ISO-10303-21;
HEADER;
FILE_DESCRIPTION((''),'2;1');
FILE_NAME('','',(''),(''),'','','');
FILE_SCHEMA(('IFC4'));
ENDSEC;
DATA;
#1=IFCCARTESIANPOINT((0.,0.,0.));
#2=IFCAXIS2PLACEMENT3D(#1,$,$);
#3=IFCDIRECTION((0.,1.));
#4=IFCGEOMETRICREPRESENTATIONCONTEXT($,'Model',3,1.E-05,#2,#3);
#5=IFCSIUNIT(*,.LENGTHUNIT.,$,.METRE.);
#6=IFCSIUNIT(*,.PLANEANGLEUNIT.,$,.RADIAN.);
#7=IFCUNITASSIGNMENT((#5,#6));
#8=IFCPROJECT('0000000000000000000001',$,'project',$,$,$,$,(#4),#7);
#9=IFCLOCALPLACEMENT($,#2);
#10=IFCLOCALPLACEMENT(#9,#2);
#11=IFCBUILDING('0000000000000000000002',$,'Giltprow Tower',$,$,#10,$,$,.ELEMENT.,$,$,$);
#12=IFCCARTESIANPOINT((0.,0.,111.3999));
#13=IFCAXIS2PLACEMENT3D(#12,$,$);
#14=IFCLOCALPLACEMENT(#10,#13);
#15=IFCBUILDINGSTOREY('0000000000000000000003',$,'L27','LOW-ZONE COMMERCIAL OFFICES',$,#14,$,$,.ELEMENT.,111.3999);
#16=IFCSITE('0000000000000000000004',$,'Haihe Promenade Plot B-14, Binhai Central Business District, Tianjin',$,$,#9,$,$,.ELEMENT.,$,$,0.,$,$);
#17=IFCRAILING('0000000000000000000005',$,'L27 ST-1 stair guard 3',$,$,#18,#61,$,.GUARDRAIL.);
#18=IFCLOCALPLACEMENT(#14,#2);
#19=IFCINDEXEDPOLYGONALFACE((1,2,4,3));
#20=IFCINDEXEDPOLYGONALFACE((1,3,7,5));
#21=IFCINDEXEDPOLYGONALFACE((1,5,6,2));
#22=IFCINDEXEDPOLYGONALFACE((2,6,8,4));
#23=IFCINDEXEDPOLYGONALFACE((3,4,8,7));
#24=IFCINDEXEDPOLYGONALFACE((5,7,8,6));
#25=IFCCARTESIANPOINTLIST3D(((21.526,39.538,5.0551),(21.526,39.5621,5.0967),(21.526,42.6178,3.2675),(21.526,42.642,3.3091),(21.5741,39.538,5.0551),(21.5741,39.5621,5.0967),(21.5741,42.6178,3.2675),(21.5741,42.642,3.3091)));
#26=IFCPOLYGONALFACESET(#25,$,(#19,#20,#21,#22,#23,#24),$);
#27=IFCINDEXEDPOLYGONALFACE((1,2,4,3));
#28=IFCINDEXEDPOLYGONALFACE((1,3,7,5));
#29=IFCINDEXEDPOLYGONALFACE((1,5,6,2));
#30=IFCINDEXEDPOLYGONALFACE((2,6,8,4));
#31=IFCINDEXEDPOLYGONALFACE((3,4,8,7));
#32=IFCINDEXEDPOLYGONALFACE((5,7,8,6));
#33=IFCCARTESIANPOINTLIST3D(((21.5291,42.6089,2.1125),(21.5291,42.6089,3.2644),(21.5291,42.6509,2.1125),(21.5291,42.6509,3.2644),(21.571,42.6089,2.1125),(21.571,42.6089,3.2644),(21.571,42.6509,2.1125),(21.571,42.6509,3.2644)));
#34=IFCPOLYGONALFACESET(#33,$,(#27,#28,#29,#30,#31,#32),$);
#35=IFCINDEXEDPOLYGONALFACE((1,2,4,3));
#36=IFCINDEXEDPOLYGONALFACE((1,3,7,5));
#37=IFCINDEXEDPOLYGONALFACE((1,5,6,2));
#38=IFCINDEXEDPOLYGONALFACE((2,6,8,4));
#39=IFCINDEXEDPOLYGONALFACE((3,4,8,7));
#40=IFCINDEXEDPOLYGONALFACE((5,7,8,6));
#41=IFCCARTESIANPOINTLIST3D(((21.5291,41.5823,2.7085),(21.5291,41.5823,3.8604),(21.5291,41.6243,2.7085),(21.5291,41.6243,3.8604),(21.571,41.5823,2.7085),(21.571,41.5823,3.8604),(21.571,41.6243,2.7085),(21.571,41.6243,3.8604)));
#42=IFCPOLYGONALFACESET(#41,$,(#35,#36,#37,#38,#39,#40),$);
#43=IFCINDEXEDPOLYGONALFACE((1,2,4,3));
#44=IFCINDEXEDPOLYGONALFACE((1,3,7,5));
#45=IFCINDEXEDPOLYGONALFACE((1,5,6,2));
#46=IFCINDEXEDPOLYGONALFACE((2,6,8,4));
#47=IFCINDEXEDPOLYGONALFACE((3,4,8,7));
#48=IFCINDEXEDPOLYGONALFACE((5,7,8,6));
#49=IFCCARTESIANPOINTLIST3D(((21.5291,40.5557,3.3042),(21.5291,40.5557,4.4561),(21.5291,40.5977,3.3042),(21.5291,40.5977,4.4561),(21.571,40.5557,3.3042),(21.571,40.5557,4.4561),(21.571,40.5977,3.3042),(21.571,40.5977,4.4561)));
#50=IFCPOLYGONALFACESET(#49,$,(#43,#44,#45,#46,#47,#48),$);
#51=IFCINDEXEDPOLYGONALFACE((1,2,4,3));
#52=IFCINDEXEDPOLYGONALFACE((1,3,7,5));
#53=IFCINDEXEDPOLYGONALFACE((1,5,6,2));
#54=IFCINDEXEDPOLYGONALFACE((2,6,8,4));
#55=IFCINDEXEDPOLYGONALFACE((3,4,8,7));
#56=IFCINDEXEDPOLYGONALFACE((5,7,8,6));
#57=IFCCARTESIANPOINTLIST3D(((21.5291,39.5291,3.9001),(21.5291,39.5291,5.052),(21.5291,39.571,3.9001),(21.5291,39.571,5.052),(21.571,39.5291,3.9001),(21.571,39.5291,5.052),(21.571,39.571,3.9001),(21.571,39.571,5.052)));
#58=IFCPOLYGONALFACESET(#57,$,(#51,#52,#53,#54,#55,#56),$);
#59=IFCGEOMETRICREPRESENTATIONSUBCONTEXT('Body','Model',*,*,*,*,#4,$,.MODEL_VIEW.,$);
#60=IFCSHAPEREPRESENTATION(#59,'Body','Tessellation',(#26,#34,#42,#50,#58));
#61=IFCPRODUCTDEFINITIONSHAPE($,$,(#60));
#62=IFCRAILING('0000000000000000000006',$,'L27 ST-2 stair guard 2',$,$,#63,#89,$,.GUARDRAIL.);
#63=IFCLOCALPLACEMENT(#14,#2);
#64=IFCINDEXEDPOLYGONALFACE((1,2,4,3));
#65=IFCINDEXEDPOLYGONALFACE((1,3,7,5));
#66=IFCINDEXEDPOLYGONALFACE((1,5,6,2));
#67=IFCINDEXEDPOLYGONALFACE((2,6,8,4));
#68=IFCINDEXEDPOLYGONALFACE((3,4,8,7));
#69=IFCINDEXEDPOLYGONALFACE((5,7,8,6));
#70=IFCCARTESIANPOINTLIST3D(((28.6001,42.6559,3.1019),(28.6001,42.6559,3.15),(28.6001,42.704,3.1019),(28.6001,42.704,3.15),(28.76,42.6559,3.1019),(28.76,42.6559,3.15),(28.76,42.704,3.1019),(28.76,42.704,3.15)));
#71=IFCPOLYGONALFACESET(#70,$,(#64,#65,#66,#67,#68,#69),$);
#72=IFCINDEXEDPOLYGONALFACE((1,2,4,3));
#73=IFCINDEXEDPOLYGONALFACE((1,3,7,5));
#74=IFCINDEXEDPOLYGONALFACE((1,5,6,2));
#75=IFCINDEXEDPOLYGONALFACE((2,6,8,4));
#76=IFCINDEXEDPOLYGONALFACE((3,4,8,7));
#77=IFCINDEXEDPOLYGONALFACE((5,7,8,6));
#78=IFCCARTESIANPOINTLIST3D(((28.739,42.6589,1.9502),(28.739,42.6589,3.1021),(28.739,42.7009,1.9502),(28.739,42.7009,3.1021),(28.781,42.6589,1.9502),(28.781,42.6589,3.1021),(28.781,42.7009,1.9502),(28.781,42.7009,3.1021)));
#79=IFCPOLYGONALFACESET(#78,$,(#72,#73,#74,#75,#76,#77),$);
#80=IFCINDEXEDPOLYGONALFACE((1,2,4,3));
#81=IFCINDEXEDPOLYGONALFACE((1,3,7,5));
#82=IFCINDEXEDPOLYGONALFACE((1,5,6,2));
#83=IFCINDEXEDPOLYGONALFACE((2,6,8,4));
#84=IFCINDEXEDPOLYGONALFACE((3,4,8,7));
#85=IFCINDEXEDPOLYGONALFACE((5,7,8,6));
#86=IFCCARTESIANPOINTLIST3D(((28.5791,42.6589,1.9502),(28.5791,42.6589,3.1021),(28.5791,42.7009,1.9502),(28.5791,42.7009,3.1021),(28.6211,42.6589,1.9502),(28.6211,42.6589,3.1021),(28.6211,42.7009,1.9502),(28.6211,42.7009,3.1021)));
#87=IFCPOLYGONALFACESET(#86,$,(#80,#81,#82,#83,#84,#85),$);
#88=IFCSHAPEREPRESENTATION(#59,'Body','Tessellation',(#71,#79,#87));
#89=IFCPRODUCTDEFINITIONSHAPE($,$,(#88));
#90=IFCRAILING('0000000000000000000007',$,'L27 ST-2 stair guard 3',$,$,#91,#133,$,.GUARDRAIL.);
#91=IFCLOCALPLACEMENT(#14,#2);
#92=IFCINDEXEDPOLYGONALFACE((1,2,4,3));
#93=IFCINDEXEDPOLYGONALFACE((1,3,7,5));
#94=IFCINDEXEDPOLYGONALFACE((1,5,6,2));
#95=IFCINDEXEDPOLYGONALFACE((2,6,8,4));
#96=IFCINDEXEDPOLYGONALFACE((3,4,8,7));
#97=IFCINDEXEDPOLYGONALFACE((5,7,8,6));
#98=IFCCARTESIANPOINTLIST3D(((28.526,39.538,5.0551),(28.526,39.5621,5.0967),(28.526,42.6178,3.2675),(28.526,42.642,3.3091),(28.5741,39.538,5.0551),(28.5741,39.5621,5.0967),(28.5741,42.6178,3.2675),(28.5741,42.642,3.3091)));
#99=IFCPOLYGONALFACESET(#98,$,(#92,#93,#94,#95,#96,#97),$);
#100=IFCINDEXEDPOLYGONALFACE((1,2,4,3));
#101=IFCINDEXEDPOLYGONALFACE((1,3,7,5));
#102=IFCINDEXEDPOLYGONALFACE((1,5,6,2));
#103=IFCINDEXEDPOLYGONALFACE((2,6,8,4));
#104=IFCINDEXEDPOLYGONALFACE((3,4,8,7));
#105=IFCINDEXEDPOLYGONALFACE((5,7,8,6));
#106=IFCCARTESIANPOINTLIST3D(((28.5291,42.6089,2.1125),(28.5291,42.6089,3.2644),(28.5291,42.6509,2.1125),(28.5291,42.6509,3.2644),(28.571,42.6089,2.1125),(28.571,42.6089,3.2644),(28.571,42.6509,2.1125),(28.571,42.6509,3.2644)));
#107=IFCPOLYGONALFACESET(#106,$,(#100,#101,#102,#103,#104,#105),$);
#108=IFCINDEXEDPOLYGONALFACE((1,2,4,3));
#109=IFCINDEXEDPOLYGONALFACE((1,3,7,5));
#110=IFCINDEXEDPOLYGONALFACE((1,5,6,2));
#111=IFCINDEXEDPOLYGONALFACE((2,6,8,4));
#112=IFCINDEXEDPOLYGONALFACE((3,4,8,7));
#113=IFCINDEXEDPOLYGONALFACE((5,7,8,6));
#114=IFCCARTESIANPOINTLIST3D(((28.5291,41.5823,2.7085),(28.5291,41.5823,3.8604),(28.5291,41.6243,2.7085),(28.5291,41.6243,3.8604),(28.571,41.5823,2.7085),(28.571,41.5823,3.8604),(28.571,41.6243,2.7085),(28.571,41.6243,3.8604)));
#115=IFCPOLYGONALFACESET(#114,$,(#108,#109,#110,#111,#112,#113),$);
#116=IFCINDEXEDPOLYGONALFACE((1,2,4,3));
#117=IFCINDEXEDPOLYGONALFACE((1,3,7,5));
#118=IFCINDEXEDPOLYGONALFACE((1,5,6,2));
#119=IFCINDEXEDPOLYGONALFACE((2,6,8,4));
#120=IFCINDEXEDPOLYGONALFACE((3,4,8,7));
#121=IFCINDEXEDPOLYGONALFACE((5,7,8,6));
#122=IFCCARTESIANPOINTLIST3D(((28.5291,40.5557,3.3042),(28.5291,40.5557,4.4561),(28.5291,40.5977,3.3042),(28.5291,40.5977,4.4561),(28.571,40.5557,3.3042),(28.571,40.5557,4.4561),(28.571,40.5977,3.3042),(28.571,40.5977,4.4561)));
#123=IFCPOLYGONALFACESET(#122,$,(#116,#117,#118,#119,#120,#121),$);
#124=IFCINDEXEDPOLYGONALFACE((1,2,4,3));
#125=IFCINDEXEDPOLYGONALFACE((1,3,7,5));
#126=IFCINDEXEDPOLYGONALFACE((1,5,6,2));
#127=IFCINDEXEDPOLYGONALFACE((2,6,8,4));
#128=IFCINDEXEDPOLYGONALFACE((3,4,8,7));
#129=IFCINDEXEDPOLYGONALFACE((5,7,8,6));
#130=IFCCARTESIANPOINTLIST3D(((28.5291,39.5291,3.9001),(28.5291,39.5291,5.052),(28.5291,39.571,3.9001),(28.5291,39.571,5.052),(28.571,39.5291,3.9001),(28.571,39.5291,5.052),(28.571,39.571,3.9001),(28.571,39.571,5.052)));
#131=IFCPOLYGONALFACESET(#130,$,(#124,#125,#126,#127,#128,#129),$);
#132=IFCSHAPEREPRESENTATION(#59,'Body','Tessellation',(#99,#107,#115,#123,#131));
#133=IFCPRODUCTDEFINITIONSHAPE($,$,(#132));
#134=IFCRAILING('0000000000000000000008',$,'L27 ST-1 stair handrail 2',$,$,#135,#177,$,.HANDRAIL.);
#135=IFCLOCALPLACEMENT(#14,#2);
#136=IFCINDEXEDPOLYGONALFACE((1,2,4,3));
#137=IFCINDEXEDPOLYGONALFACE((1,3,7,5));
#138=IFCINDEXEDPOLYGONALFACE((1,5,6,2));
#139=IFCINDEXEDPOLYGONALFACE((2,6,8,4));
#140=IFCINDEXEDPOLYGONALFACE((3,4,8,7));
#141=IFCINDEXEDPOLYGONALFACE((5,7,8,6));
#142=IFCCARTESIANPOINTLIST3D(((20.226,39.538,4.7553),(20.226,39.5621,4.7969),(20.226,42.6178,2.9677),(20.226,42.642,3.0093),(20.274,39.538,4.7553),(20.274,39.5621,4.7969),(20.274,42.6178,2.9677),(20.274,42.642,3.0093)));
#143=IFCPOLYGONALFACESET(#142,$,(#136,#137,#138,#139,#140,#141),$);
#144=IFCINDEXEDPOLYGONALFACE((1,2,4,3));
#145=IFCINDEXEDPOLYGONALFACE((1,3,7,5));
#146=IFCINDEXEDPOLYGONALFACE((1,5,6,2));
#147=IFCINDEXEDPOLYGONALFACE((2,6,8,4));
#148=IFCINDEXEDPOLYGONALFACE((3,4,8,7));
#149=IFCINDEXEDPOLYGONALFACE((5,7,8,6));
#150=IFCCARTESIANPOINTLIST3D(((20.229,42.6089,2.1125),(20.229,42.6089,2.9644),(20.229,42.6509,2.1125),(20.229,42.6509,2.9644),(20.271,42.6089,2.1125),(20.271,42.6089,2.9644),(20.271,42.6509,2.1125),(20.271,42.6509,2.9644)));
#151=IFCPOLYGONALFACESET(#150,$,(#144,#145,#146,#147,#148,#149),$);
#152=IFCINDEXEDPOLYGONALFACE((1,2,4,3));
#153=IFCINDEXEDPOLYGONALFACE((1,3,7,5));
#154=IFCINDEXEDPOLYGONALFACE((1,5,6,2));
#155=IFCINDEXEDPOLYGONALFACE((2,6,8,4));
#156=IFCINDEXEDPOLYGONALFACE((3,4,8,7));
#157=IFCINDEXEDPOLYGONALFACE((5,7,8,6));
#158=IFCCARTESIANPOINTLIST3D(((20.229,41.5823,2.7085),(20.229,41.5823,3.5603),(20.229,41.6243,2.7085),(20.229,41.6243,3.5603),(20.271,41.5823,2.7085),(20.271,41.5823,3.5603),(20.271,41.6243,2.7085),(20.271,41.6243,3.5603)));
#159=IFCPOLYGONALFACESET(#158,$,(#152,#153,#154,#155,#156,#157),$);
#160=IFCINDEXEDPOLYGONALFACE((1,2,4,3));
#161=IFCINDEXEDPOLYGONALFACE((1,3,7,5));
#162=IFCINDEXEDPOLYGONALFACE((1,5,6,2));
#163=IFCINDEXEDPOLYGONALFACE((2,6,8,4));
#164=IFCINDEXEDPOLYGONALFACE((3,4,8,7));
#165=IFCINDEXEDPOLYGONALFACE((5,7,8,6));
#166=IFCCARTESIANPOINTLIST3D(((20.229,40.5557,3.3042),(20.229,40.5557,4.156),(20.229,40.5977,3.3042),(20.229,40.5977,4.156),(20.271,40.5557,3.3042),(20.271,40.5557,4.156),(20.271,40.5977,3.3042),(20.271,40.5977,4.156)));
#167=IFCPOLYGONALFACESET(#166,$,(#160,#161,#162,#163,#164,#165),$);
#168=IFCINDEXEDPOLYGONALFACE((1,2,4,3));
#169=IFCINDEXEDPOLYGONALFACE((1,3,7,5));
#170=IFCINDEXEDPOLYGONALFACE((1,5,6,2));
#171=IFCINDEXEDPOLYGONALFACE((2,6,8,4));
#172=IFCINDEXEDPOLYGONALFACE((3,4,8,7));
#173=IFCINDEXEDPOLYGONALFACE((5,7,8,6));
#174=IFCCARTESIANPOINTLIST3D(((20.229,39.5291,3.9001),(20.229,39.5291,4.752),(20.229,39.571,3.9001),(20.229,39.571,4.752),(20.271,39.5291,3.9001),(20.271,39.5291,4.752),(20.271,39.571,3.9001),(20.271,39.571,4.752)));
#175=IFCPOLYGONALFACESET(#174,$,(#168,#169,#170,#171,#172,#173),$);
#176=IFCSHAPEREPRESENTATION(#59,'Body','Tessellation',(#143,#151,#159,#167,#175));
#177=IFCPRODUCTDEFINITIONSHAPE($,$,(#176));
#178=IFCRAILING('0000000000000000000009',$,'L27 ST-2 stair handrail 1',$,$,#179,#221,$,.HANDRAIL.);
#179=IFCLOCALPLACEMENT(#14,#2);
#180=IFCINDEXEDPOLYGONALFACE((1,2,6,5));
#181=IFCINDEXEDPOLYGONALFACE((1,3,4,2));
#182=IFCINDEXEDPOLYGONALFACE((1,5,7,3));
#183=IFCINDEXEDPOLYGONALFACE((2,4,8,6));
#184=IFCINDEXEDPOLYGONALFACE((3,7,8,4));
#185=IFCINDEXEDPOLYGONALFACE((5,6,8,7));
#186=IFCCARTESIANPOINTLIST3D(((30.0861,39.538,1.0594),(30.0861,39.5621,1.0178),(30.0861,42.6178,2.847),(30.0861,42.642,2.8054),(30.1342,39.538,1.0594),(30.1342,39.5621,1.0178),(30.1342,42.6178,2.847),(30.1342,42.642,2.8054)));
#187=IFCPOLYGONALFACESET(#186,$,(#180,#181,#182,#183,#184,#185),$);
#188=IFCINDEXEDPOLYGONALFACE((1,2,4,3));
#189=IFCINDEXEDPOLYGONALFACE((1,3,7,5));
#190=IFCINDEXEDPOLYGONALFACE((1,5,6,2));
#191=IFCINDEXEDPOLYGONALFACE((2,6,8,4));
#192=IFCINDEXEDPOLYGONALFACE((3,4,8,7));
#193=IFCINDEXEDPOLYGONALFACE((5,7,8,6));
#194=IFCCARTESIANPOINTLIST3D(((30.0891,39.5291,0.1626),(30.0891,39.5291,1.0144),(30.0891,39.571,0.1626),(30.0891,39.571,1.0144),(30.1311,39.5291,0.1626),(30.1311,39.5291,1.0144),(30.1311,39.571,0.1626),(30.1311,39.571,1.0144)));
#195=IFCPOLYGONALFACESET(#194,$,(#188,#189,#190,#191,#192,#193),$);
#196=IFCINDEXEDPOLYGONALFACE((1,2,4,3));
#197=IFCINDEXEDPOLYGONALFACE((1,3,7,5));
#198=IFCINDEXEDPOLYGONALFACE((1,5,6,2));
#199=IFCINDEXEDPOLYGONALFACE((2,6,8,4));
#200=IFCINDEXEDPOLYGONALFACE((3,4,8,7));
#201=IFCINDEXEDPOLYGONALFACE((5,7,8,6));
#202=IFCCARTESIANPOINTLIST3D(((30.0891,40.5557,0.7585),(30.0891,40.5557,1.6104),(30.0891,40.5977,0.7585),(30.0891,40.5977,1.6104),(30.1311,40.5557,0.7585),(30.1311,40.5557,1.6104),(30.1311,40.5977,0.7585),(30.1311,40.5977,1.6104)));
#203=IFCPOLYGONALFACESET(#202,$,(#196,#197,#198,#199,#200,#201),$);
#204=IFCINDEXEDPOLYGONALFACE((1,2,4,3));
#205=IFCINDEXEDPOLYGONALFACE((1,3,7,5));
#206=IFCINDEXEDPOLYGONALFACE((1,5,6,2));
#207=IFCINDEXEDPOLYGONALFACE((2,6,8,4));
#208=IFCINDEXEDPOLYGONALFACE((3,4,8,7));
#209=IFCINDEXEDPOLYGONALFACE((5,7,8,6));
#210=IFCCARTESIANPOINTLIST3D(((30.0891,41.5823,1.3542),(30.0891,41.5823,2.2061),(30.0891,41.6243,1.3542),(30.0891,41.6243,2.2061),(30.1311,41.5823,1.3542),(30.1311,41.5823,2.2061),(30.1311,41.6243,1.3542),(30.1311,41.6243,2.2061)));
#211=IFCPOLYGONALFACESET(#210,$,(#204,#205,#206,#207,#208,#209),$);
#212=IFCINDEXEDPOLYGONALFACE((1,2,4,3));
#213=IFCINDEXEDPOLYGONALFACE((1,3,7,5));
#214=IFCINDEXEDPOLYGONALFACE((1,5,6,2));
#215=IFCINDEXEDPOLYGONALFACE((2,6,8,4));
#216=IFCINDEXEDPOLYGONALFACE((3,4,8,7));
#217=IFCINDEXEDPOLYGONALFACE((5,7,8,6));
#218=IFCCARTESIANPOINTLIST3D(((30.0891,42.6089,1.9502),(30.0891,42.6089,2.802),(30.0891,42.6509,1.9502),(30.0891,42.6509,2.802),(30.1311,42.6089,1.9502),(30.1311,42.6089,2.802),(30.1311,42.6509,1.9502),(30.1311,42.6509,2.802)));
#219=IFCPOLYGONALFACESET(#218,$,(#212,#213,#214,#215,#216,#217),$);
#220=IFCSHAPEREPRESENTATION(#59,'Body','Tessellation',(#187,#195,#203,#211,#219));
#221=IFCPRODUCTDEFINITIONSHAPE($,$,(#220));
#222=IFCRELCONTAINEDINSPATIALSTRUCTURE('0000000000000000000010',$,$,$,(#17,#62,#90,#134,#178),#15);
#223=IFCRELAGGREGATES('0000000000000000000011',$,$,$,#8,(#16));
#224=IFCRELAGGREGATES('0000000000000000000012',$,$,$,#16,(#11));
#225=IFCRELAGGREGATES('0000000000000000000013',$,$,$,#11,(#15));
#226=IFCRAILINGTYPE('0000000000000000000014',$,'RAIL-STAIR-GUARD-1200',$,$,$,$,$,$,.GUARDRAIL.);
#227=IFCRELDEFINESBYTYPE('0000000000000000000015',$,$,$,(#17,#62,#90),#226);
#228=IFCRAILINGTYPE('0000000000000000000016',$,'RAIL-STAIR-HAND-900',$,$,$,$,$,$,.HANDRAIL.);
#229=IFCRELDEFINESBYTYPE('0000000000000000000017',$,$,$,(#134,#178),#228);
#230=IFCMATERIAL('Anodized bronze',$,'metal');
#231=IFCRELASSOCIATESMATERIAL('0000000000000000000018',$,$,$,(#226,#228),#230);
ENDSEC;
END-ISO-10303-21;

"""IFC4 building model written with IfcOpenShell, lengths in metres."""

from ifc_helpers import new_model, si_unit, direction, frame, origin, origin_2d, place, context, subcontext, project, spatial, rectangle, extrude, material, type_object, element, save


model = new_model("IFC4")

# Units and contexts
model_context = context("Model", 3, precision=1e-05, world=origin(), true_north=direction((0.0, 1.0)))
body_context = subcontext(model_context, "Body", "Model", "MODEL_VIEW")
ifc_project = project(units=[si_unit("LENGTHUNIT", "METRE"), si_unit("PLANEANGLEUNIT", "RADIAN")], contexts=[model_context])

# Site, building, storey
site_placement = place(None, origin())
site = spatial("IfcSite", under=ifc_project, at=site_placement, Name="Haihe Promenade Plot B-14, Binhai Central Business District, Tianjin", CompositionType="ELEMENT", RefElevation=0.0)
building_placement = place(site_placement, origin())
building = spatial("IfcBuilding", under=site, at=building_placement, Name="Giltprow Tower", CompositionType="ELEMENT")
storey_placement = place(building_placement, frame((0.0, 0.0, 111.3999)))
storey = spatial("IfcBuildingStorey", under=building, at=storey_placement, Name="L27", Description="LOW-ZONE COMMERCIAL OFFICES", CompositionType="ELEMENT", Elevation=111.3999)

# Railings
ifc_material_1 = material(Name="Anodized bronze", Category="metal")
railing_type_1 = type_object("IfcRailingType", Name="RAIL-STAIR-GUARD-1200", PredefinedType="GUARDRAIL", material=ifc_material_1)
railing_1_placement = place(storey_placement, frame((21.55, 42.6299, 2.1125)))
element("IfcRailing", 1, at=railing_1_placement, inside=storey, type_object=railing_type_1, Name="L27 ST-1 stair guard 3", PredefinedType="GUARDRAIL", context=body_context, shape_type="SweptSolid", body=[
    extrude(rectangle(XDim=0.0481, YDim=0.0481, at=origin_2d()), frame((0.0, 0.0, 1.1758), z_axis=(0.0, -0.864873, 0.50199), x_axis=(1.0, 0.0, 0.0)), (0.0, 0.0, 1.0), 3.561),
    extrude(rectangle(XDim=0.042, YDim=0.042, at=origin_2d()), origin(), (0.0, 0.0, 1.0), 1.1519),
    extrude(rectangle(XDim=0.042, YDim=0.042, at=origin_2d()), frame((0.0, -1.0266, 0.5959)), (0.0, 0.0, 1.0), 1.1519),
    extrude(rectangle(XDim=0.042, YDim=0.042, at=origin_2d()), frame((0.0, -2.0532, 1.1917)), (0.0, 0.0, 1.0), 1.1519),
    extrude(rectangle(XDim=0.042, YDim=0.042, at=origin_2d()), frame((0.0, -3.0798, 1.7876)), (0.0, 0.0, 1.0), 1.1519),
])
railing_2_placement = place(storey_placement, frame((28.76, 42.6799, 1.9502)))
element("IfcRailing", 2, at=railing_2_placement, inside=storey, type_object=railing_type_1, Name="L27 ST-2 stair guard 2", PredefinedType="GUARDRAIL", context=body_context, shape_type="SweptSolid", body=[
    extrude(rectangle(XDim=0.0481, YDim=0.0481, at=origin_2d()), frame((0.0, 0.0, 1.1758), z_axis=(-1.0, 0.0, 0.0), x_axis=(0.0, -1.0, 0.0)), (0.0, 0.0, 1.0), 0.1599),
    extrude(rectangle(XDim=0.042, YDim=0.042, at=origin_2d()), origin(), (0.0, 0.0, 1.0), 1.1519),
    extrude(rectangle(XDim=0.042, YDim=0.042, at=origin_2d()), frame((-0.1599, 0.0, 0.0)), (0.0, 0.0, 1.0), 1.1519),
])
railing_3_placement = place(storey_placement, frame((28.55, 42.6299, 2.1125)))
element("IfcRailing", 3, at=railing_3_placement, inside=storey, type_object=railing_type_1, Name="L27 ST-2 stair guard 3", PredefinedType="GUARDRAIL", context=body_context, shape_type="SweptSolid", body=[
    extrude(rectangle(XDim=0.0481, YDim=0.0481, at=origin_2d()), frame((0.0, 0.0, 1.1758), z_axis=(0.0, -0.864873, 0.50199), x_axis=(1.0, 0.0, 0.0)), (0.0, 0.0, 1.0), 3.561),
    extrude(rectangle(XDim=0.042, YDim=0.042, at=origin_2d()), origin(), (0.0, 0.0, 1.0), 1.1519),
    extrude(rectangle(XDim=0.042, YDim=0.042, at=origin_2d()), frame((0.0, -1.0266, 0.5959)), (0.0, 0.0, 1.0), 1.1519),
    extrude(rectangle(XDim=0.042, YDim=0.042, at=origin_2d()), frame((0.0, -2.0532, 1.1917)), (0.0, 0.0, 1.0), 1.1519),
    extrude(rectangle(XDim=0.042, YDim=0.042, at=origin_2d()), frame((0.0, -3.0798, 1.7876)), (0.0, 0.0, 1.0), 1.1519),
])
railing_type_2 = type_object("IfcRailingType", Name="RAIL-STAIR-HAND-900", PredefinedType="HANDRAIL", material=ifc_material_1)
railing_4_placement = place(storey_placement, frame((20.25, 42.6299, 2.1125)))
element("IfcRailing", 4, at=railing_4_placement, inside=storey, type_object=railing_type_2, Name="L27 ST-1 stair handrail 2", PredefinedType="HANDRAIL", context=body_context, shape_type="SweptSolid", body=[
    extrude(rectangle(XDim=0.0481, YDim=0.0481, at=origin_2d()), frame((0.0, 0.0, 0.876), z_axis=(0.0, -0.864873, 0.50199), x_axis=(1.0, 0.0, 0.0)), (0.0, 0.0, 1.0), 3.561),
    extrude(rectangle(XDim=0.042, YDim=0.042, at=origin_2d()), origin(), (0.0, 0.0, 1.0), 0.8518),
    extrude(rectangle(XDim=0.042, YDim=0.042, at=origin_2d()), frame((0.0, -1.0266, 0.5959)), (0.0, 0.0, 1.0), 0.8518),
    extrude(rectangle(XDim=0.042, YDim=0.042, at=origin_2d()), frame((0.0, -2.0532, 1.1917)), (0.0, 0.0, 1.0), 0.8518),
    extrude(rectangle(XDim=0.042, YDim=0.042, at=origin_2d()), frame((0.0, -3.0798, 1.7876)), (0.0, 0.0, 1.0), 0.8518),
])
railing_5_placement = place(storey_placement, frame((30.1101, 39.55, 0.1626)))
element("IfcRailing", 5, at=railing_5_placement, inside=storey, type_object=railing_type_2, Name="L27 ST-2 stair handrail 1", PredefinedType="HANDRAIL", context=body_context, shape_type="SweptSolid", body=[
    extrude(rectangle(XDim=0.0481, YDim=0.0481, at=origin_2d()), frame((0.0, 0.0, 0.876), z_axis=(0.0, 0.864873, 0.50199), x_axis=(-1.0, 0.0, 0.0)), (0.0, 0.0, 1.0), 3.561),
    extrude(rectangle(XDim=0.042, YDim=0.042, at=origin_2d()), origin(), (0.0, 0.0, 1.0), 0.8518),
    extrude(rectangle(XDim=0.042, YDim=0.042, at=origin_2d()), frame((0.0, 1.0266, 0.5959)), (0.0, 0.0, 1.0), 0.8518),
    extrude(rectangle(XDim=0.042, YDim=0.042, at=origin_2d()), frame((0.0, 2.0532, 1.1917)), (0.0, 0.0, 1.0), 0.8518),
    extrude(rectangle(XDim=0.042, YDim=0.042, at=origin_2d()), frame((0.0, 3.0798, 1.7876)), (0.0, 0.0, 1.0), 0.8518),
])

save(model, "model.ifc")
